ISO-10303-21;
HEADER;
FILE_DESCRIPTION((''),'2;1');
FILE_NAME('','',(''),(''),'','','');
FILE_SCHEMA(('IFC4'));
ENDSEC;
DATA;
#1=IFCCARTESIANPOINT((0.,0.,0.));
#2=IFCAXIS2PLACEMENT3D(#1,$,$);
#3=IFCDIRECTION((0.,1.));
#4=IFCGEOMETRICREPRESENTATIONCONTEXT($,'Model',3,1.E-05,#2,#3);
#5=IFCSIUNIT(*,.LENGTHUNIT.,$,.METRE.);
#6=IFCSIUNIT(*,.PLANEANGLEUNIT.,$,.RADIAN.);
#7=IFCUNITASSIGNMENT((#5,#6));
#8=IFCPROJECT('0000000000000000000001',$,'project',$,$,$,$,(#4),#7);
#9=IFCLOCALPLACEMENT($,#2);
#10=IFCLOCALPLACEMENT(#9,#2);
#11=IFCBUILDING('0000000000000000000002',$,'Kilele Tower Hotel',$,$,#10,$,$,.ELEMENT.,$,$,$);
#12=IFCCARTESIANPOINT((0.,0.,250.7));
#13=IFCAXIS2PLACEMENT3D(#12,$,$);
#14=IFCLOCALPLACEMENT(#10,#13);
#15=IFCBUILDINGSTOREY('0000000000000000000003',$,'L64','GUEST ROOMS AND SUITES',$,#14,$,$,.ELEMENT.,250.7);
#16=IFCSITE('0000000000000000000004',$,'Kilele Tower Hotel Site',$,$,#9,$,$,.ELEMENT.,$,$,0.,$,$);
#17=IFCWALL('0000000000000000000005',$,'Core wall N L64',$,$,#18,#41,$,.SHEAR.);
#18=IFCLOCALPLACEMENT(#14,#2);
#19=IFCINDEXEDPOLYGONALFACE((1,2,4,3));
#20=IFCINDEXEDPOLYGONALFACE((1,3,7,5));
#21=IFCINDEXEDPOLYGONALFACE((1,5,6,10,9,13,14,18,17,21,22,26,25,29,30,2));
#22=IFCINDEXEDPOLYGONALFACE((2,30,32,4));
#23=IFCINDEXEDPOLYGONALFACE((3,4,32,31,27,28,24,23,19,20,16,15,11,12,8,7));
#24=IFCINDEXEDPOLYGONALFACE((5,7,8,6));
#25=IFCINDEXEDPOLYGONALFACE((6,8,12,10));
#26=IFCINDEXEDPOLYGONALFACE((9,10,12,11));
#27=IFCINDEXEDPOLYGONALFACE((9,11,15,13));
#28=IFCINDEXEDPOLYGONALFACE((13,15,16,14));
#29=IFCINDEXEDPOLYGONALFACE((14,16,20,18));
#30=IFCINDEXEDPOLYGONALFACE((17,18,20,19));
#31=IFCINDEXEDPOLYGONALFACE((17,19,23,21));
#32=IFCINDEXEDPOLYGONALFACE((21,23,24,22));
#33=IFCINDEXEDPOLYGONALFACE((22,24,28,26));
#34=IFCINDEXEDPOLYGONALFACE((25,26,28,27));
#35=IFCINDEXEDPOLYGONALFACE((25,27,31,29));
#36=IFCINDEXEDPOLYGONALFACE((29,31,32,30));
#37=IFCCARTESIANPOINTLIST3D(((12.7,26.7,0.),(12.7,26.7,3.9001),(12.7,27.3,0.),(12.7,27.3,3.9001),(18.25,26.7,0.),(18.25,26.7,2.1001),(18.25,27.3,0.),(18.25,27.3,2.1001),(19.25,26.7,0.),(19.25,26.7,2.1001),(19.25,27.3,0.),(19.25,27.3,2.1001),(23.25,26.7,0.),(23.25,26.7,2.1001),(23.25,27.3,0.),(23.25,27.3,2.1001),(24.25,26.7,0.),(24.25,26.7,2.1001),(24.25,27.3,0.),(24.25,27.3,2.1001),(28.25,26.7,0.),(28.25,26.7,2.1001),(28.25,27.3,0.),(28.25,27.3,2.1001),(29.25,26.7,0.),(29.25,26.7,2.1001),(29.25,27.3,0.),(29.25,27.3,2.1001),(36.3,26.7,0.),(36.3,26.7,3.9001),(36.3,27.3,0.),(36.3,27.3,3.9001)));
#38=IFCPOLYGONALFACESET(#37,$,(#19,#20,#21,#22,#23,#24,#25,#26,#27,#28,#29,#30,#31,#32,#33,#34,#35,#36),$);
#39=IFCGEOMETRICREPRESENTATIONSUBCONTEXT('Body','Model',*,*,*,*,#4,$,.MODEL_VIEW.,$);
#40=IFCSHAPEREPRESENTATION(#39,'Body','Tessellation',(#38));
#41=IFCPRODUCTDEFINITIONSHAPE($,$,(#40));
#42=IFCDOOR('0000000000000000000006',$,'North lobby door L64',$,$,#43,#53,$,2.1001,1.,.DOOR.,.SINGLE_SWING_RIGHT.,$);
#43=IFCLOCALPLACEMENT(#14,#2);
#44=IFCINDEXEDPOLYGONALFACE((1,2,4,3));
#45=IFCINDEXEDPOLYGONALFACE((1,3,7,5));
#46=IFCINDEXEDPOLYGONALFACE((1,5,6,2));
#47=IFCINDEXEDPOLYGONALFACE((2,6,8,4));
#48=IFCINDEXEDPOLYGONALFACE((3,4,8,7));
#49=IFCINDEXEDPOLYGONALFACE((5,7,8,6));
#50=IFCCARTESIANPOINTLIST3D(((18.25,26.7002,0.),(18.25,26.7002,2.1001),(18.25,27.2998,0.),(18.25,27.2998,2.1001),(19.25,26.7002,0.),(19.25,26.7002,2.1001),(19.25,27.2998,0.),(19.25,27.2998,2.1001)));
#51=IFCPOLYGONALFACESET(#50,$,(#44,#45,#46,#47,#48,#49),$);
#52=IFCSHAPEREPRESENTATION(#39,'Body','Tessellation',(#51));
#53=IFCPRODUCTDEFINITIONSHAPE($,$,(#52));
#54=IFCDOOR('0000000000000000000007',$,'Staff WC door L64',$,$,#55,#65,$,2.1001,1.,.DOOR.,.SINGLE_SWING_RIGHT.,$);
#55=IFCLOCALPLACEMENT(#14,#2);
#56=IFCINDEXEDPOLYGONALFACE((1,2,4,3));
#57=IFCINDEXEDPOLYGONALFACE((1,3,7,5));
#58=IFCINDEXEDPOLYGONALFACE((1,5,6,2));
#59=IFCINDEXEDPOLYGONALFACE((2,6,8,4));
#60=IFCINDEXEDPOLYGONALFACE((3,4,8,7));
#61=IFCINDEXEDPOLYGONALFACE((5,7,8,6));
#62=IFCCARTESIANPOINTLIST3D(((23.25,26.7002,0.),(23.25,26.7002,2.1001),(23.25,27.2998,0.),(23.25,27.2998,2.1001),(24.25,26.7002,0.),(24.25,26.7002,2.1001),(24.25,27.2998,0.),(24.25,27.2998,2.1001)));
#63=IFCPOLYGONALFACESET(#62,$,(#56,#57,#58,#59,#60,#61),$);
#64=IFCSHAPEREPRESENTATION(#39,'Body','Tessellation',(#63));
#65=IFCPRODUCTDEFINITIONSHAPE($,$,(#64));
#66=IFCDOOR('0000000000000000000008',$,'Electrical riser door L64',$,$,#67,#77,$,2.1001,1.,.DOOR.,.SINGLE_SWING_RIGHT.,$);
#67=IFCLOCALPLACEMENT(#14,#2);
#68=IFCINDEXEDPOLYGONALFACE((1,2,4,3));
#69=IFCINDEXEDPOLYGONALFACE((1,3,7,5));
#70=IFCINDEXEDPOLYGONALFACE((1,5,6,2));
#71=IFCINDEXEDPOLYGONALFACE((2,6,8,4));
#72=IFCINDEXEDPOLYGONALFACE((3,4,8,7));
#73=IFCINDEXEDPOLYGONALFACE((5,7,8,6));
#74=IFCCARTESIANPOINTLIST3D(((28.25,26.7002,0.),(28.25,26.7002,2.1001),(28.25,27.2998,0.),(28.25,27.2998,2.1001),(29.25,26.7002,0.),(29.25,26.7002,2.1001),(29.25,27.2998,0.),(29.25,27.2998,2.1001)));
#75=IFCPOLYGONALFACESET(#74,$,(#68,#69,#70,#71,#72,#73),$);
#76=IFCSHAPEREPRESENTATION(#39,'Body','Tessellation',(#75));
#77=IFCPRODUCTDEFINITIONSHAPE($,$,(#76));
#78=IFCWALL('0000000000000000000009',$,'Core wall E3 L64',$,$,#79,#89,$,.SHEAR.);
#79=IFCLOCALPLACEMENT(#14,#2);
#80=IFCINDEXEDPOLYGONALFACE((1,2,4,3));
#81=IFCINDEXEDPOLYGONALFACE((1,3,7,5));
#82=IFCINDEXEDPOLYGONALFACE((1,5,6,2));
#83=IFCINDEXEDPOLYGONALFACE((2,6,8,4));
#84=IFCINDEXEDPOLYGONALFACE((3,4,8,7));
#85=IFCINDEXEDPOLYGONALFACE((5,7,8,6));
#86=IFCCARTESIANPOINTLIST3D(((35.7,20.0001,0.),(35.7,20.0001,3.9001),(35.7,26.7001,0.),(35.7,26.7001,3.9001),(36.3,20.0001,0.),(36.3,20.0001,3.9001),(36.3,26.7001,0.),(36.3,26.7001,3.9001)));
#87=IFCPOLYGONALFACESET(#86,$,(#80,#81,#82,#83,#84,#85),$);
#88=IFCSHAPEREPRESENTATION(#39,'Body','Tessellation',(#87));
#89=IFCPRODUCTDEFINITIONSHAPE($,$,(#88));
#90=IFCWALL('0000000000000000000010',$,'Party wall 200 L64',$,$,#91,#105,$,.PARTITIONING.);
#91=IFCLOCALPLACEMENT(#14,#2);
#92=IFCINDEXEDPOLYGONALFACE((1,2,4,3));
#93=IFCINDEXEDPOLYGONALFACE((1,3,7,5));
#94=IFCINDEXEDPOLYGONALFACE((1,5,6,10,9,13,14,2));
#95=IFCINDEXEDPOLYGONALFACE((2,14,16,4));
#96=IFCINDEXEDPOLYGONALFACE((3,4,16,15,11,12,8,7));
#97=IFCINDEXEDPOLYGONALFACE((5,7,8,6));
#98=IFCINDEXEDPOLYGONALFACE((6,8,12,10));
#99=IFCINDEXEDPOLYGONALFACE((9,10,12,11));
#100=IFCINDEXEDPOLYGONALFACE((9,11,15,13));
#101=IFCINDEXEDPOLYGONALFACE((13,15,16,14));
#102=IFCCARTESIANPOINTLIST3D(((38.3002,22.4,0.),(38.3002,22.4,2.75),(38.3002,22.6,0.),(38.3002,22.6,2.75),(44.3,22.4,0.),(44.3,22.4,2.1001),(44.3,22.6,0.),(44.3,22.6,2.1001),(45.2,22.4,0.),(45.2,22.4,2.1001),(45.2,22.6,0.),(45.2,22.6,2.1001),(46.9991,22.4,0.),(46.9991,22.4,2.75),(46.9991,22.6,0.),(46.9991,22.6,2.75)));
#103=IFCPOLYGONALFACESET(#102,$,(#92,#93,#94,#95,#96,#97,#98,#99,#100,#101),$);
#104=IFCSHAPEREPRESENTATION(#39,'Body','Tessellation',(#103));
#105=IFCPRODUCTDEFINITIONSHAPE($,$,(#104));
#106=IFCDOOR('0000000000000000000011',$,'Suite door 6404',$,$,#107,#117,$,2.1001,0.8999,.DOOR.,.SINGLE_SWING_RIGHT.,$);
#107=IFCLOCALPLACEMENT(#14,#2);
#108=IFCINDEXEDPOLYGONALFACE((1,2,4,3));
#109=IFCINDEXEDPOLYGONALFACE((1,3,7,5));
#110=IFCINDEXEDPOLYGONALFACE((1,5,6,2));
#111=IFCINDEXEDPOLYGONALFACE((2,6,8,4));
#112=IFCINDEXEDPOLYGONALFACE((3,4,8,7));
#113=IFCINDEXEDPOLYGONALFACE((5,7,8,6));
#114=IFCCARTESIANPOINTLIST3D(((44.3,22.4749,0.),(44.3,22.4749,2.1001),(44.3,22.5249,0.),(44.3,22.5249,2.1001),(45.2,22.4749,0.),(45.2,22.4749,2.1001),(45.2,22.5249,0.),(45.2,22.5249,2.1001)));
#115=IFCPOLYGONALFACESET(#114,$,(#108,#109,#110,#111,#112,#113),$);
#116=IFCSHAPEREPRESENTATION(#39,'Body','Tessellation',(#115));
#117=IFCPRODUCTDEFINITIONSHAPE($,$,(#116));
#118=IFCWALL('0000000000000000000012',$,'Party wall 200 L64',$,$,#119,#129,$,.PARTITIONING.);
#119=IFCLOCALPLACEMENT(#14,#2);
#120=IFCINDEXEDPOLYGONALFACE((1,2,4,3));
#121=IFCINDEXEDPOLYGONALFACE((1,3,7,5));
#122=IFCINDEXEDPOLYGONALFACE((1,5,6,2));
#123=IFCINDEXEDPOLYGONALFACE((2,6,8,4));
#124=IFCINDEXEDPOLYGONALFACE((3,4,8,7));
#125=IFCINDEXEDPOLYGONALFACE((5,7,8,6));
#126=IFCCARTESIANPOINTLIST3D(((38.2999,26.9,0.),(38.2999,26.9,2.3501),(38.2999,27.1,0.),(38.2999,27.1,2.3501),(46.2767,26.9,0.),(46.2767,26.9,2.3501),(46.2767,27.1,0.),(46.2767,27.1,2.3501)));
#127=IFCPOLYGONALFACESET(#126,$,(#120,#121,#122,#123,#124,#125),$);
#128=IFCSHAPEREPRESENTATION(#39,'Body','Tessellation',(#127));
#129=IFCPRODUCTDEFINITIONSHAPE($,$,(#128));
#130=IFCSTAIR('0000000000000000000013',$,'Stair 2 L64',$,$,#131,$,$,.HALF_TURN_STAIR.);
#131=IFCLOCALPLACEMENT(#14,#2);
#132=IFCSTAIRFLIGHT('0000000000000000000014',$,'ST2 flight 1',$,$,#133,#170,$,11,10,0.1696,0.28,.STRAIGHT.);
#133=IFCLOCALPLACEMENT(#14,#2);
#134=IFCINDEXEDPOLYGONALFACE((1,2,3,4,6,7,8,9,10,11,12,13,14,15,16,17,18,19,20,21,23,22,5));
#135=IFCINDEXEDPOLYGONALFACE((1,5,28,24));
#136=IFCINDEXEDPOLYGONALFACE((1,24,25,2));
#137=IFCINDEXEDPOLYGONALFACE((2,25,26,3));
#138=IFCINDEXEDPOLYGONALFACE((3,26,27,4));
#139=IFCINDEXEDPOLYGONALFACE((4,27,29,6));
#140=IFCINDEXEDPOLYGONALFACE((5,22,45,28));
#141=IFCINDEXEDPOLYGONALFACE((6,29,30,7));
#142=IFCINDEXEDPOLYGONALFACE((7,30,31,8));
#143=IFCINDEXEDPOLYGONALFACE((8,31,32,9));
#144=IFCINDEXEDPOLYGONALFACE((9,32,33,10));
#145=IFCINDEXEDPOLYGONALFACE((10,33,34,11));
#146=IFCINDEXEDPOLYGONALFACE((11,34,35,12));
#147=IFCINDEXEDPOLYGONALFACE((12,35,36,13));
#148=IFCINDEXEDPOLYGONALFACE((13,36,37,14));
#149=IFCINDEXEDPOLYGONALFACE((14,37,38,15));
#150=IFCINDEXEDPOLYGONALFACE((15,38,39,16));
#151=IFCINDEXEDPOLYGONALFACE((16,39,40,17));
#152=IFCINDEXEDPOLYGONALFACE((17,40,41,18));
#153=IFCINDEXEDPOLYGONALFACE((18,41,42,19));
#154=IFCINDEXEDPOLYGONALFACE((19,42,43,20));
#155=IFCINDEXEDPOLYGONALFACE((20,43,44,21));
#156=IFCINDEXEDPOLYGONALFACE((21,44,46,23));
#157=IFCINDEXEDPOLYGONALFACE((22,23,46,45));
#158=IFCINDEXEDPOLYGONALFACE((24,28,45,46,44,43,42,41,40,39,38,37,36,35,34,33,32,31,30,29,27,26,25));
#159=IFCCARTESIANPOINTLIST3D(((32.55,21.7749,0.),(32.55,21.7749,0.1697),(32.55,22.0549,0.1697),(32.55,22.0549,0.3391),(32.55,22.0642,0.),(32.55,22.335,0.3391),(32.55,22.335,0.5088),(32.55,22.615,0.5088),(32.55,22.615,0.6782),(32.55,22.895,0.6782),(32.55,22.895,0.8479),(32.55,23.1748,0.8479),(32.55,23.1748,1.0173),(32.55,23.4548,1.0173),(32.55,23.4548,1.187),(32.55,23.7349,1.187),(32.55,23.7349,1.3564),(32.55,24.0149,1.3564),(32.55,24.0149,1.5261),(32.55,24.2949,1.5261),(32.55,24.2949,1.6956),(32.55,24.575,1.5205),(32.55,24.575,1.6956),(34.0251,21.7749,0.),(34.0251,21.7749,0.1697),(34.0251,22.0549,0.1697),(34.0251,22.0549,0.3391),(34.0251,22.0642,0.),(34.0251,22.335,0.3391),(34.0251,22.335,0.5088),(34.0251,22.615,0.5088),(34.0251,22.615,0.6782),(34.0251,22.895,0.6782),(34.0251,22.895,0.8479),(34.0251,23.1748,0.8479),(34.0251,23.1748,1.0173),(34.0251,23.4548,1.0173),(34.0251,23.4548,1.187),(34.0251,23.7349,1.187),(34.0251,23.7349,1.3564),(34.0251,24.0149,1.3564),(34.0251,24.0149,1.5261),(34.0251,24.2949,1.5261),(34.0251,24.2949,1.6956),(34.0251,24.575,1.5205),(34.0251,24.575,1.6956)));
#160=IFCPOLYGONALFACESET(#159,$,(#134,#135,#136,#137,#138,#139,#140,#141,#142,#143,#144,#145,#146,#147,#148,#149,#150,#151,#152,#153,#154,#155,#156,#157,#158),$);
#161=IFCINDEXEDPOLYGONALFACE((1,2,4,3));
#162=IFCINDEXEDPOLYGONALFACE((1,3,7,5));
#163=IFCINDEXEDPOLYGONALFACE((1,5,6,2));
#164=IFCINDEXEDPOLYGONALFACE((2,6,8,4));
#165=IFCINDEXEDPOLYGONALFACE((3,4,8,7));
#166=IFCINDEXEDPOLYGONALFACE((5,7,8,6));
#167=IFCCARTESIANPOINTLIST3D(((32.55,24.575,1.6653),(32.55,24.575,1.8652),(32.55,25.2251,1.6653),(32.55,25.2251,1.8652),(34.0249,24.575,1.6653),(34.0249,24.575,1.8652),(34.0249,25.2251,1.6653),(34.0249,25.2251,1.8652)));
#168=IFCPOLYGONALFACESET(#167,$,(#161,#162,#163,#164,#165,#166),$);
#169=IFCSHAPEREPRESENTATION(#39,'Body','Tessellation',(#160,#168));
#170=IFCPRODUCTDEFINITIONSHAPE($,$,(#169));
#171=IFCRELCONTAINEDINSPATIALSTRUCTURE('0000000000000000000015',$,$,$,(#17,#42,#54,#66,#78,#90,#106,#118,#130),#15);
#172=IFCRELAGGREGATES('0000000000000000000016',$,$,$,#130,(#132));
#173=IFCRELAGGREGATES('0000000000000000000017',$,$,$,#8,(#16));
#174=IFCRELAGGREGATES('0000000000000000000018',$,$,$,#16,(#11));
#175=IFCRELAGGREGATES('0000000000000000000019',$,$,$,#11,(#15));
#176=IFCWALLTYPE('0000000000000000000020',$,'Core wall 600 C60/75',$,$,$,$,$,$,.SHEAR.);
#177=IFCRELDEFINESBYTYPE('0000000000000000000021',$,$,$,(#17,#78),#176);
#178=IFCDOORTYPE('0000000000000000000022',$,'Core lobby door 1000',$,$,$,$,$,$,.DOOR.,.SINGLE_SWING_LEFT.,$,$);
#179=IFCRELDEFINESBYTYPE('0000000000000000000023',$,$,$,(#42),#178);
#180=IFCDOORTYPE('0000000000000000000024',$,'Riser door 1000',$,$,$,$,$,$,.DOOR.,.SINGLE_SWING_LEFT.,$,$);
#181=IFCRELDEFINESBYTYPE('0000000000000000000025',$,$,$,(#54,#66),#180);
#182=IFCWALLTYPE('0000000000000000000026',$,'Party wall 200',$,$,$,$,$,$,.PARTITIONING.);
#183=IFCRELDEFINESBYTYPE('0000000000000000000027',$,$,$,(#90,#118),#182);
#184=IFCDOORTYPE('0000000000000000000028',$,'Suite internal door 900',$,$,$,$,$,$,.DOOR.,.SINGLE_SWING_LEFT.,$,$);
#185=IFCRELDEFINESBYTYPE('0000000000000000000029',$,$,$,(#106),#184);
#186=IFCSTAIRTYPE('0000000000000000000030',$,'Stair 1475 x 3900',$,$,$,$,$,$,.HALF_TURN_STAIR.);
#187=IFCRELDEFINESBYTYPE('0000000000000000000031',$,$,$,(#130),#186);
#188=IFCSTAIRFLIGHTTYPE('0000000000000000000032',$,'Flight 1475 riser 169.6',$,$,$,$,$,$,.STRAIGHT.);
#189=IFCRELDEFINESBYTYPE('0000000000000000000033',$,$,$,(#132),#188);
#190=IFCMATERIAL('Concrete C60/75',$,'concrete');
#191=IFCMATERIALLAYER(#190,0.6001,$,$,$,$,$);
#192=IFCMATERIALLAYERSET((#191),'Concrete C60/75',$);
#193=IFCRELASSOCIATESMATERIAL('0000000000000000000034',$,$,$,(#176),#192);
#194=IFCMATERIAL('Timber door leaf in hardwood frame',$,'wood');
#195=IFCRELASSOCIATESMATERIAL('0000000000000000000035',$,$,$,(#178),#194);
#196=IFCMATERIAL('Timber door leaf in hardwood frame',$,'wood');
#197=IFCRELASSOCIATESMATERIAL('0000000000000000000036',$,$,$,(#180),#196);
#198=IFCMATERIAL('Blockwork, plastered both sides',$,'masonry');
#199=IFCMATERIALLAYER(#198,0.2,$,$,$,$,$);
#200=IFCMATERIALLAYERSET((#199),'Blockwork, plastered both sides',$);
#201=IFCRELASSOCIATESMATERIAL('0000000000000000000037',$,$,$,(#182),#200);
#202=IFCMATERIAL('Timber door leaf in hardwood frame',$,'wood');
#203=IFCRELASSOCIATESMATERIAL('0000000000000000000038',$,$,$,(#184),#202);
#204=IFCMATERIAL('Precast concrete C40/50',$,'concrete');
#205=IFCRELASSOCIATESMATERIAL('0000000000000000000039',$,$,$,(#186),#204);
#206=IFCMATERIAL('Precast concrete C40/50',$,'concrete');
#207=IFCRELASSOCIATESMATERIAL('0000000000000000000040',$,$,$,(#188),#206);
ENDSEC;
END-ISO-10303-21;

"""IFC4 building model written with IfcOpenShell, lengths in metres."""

from ifc_helpers import new_model, si_unit, direction, frame, frame_2d, origin, place, context, subcontext, project, spatial, polyline, rectangle, outline, extrude, material, layer, layer_set, type_object, element, fill, aggregate, save


model = new_model("IFC4")

# Units and contexts
model_context = context("Model", 3, precision=1e-05, world=origin(), true_north=direction((0.0, 1.0)))
body_context = subcontext(model_context, "Body", "Model", "MODEL_VIEW")
ifc_project = project(units=[si_unit("LENGTHUNIT", "METRE"), si_unit("PLANEANGLEUNIT", "RADIAN")], contexts=[model_context])

# Site, building, storey
site_placement = place(None, origin())
site = spatial("IfcSite", under=ifc_project, at=site_placement, Name="Kilele Tower Hotel Site", CompositionType="ELEMENT", RefElevation=0.0)
building_placement = place(site_placement, origin())
building = spatial("IfcBuilding", under=site, at=building_placement, Name="Kilele Tower Hotel", CompositionType="ELEMENT")
storey_placement = place(building_placement, frame((0.0, 0.0, 250.7)))
storey = spatial("IfcBuildingStorey", under=building, at=storey_placement, Name="L64", Description="GUEST ROOMS AND SUITES", CompositionType="ELEMENT", Elevation=250.7)

# Wall, openings, doors
ifc_material_1 = material(Name="Concrete C60/75", Category="concrete")
ifc_layer_1 = layer(ifc_material_1, 0.6001)
ifc_layer_set_1 = layer_set([ifc_layer_1], Name="Concrete C60/75")
wall_type_1 = type_object("IfcWallType", Name="Core wall 600 C60/75", PredefinedType="SHEAR", material=ifc_layer_set_1)
wall_1_placement = place(storey_placement, frame((36.3, 27.0, 0.0), z_axis=(0.0, 0.0, 1.0), x_axis=(-1.0, 0.0, 0.0)))
wall_1 = element("IfcWall", 1, at=wall_1_placement, inside=storey, type_object=wall_type_1, Name="Core wall N L64", PredefinedType="SHEAR", context=body_context, shape_type="SweptSolid", body=[
    extrude(rectangle(XDim=23.6001, YDim=0.6001, at=frame_2d((11.8, 0.0))), origin(), (0.0, 0.0, 1.0), 3.9001),
])
opening_1_placement = place(wall_1_placement, frame((17.05, 0.0, 0.0)))
opening_1 = element("IfcOpeningElement", 2, at=opening_1_placement, cuts=wall_1, PredefinedType="OPENING", context=body_context, shape_type="SweptSolid", body=[
    extrude(rectangle(XDim=1.0, YDim=2.1001, at=frame_2d((0.5, 1.05))), frame((0.0, 0.3101, 0.0), z_axis=(0.0, -1.0, 0.0), x_axis=(1.0, 0.0, 0.0)), (0.0, 0.0, 1.0), 0.6201),
])
opening_2_placement = place(wall_1_placement, frame((12.05, 0.0, 0.0)))
opening_2 = element("IfcOpeningElement", 3, at=opening_2_placement, cuts=wall_1, PredefinedType="OPENING", context=body_context, shape_type="SweptSolid", body=[
    extrude(rectangle(XDim=1.0, YDim=2.1001, at=frame_2d((0.5, 1.05))), frame((0.0, 0.3101, 0.0), z_axis=(0.0, -1.0, 0.0), x_axis=(1.0, 0.0, 0.0)), (0.0, 0.0, 1.0), 0.6201),
])
opening_3_placement = place(wall_1_placement, frame((7.05, 0.0, 0.0)))
opening_3 = element("IfcOpeningElement", 4, at=opening_3_placement, cuts=wall_1, PredefinedType="OPENING", context=body_context, shape_type="SweptSolid", body=[
    extrude(rectangle(XDim=1.0, YDim=2.1001, at=frame_2d((0.5, 1.05))), frame((0.0, 0.3101, 0.0), z_axis=(0.0, -1.0, 0.0), x_axis=(1.0, 0.0, 0.0)), (0.0, 0.0, 1.0), 0.6201),
])
ifc_material_2 = material(Name="Timber door leaf in hardwood frame", Category="wood")
door_type_1 = type_object("IfcDoorType", Name="Core lobby door 1000", OperationType="SINGLE_SWING_LEFT", PredefinedType="DOOR", material=ifc_material_2)
door_1_placement = place(opening_1_placement, origin())
door_1 = element("IfcDoor", 5, at=door_1_placement, inside=storey, type_object=door_type_1, Name="North lobby door L64", OperationType="SINGLE_SWING_RIGHT", OverallHeight=2.1001, OverallWidth=1.0, PredefinedType="DOOR", context=body_context, shape_type="SweptSolid", body=[
    extrude(rectangle(XDim=1.0, YDim=2.1001, at=frame_2d((0.5, 1.05))), frame((0.0, 0.2998, 0.0), z_axis=(0.0, -1.0, 0.0), x_axis=(1.0, 0.0, 0.0)), (0.0, 0.0, 1.0), 0.5996),
])
fill(opening_1, door_1)
ifc_material_3 = material(Name="Timber door leaf in hardwood frame", Category="wood")
door_type_2 = type_object("IfcDoorType", Name="Riser door 1000", OperationType="SINGLE_SWING_LEFT", PredefinedType="DOOR", material=ifc_material_3)
door_2_placement = place(opening_2_placement, origin())
door_2 = element("IfcDoor", 6, at=door_2_placement, inside=storey, type_object=door_type_2, Name="Staff WC door L64", OperationType="SINGLE_SWING_RIGHT", OverallHeight=2.1001, OverallWidth=1.0, PredefinedType="DOOR", context=body_context, shape_type="SweptSolid", body=[
    extrude(rectangle(XDim=1.0, YDim=2.1001, at=frame_2d((0.5, 1.05))), frame((0.0, 0.2998, 0.0), z_axis=(0.0, -1.0, 0.0), x_axis=(1.0, 0.0, 0.0)), (0.0, 0.0, 1.0), 0.5996),
])
fill(opening_2, door_2)
door_3_placement = place(opening_3_placement, origin())
door_3 = element("IfcDoor", 7, at=door_3_placement, inside=storey, type_object=door_type_2, Name="Electrical riser door L64", OperationType="SINGLE_SWING_RIGHT", OverallHeight=2.1001, OverallWidth=1.0, PredefinedType="DOOR", context=body_context, shape_type="SweptSolid", body=[
    extrude(rectangle(XDim=1.0, YDim=2.1001, at=frame_2d((0.5, 1.05))), frame((0.0, 0.2998, 0.0), z_axis=(0.0, -1.0, 0.0), x_axis=(1.0, 0.0, 0.0)), (0.0, 0.0, 1.0), 0.5996),
])
fill(opening_3, door_3)

# Wall
wall_2_placement = place(storey_placement, frame((36.0, 20.0, 0.0), z_axis=(0.0, 0.0, 1.0), x_axis=(0.0, 1.0, 0.0)))
element("IfcWall", 8, at=wall_2_placement, inside=storey, type_object=wall_type_1, Name="Core wall E3 L64", PredefinedType="SHEAR", context=body_context, shape_type="SweptSolid", body=[
    extrude(rectangle(XDim=6.7, YDim=0.6001, at=frame_2d((3.3501, 0.0))), origin(), (0.0, 0.0, 1.0), 3.9001),
])

# Wall, opening, door
ifc_material_4 = material(Name="Blockwork, plastered both sides", Category="masonry")
ifc_layer_2 = layer(ifc_material_4, 0.2)
ifc_layer_set_2 = layer_set([ifc_layer_2], Name="Blockwork, plastered both sides")
wall_type_2 = type_object("IfcWallType", Name="Party wall 200", PredefinedType="PARTITIONING", material=ifc_layer_set_2)
wall_3_placement = place(storey_placement, frame((38.3, 22.5, 0.0), z_axis=(0.0, 0.0, 1.0), x_axis=(1.0, 0.0, 0.0)))
wall_3 = element("IfcWall", 9, at=wall_3_placement, inside=storey, type_object=wall_type_2, Name="Party wall 200 L64", PredefinedType="PARTITIONING", context=body_context, shape_type="SweptSolid", body=[
    extrude(rectangle(XDim=8.699, YDim=0.2, at=frame_2d((4.3496, 0.0))), origin(), (0.0, 0.0, 1.0), 2.75),
])
opening_4_placement = place(wall_3_placement, frame((6.0, 0.0, 0.0)))
opening_4 = element("IfcOpeningElement", 10, at=opening_4_placement, cuts=wall_3, PredefinedType="OPENING", context=body_context, shape_type="SweptSolid", body=[
    extrude(rectangle(XDim=0.8999, YDim=2.1001, at=frame_2d((0.45, 1.05))), frame((0.0, 0.1099, 0.0), z_axis=(0.0, -1.0, 0.0), x_axis=(1.0, 0.0, 0.0)), (0.0, 0.0, 1.0), 0.22),
])
ifc_material_5 = material(Name="Timber door leaf in hardwood frame", Category="wood")
door_type_3 = type_object("IfcDoorType", Name="Suite internal door 900", OperationType="SINGLE_SWING_LEFT", PredefinedType="DOOR", material=ifc_material_5)
door_4_placement = place(opening_4_placement, origin())
door_4 = element("IfcDoor", 11, at=door_4_placement, inside=storey, type_object=door_type_3, Name="Suite door 6404", OperationType="SINGLE_SWING_RIGHT", OverallHeight=2.1001, OverallWidth=0.8999, PredefinedType="DOOR", context=body_context, shape_type="SweptSolid", body=[
    extrude(rectangle(XDim=0.8999, YDim=2.1001, at=frame_2d((0.45, 1.05))), frame((0.0, 0.0249, 0.0), z_axis=(0.0, -1.0, 0.0), x_axis=(1.0, 0.0, 0.0)), (0.0, 0.0, 1.0), 0.05),
])
fill(opening_4, door_4)

# Wall
wall_4_placement = place(storey_placement, frame((38.3, 27.0, 0.0), z_axis=(0.0, 0.0, 1.0), x_axis=(1.0, 0.0, 0.0)))
element("IfcWall", 12, at=wall_4_placement, inside=storey, type_object=wall_type_2, Name="Party wall 200 L64", PredefinedType="PARTITIONING", context=body_context, shape_type="SweptSolid", body=[
    extrude(rectangle(XDim=7.9768, YDim=0.2, at=frame_2d((3.9883, 0.0))), origin(), (0.0, 0.0, 1.0), 2.3501),
])

# Stair, stair flight
ifc_material_6 = material(Name="Precast concrete C40/50", Category="concrete")
stair_type = type_object("IfcStairType", Name="Stair 1475 x 3900", PredefinedType="HALF_TURN_STAIR", material=ifc_material_6)
stair_placement = place(storey_placement, origin())
stair = element("IfcStair", 13, at=stair_placement, inside=storey, type_object=stair_type, Name="Stair 2 L64", PredefinedType="HALF_TURN_STAIR")
ifc_material_7 = material(Name="Precast concrete C40/50", Category="concrete")
stair_flight_type = type_object("IfcStairFlightType", Name="Flight 1475 riser 169.6", PredefinedType="STRAIGHT", material=ifc_material_7)
stair_flight_1_placement = place(storey_placement, frame((33.2876, 21.7749, 0.0), z_axis=(0.0, 0.0, 1.0), x_axis=(0.0, 1.0, 0.0)))
stair_flight_1 = element("IfcStairFlight", 14, at=stair_flight_1_placement, type_object=stair_flight_type, Name="ST2 flight 1", NumberOfRisers=11, NumberOfTreads=10, PredefinedType="STRAIGHT", RiserHeight=0.1696, TreadLength=0.28, context=body_context, shape_type="SweptSolid", body=[
    extrude(outline(polyline([(0.0, 0.0), (0.0, 0.1697), (0.28, 0.1697), (0.28, 0.3391), (0.5601, 0.3391), (0.5601, 0.5088), (0.8401, 0.5088), (0.8401, 0.6782), (1.1201, 0.6782), (1.1201, 0.8479), (1.3999, 0.8479), (1.3999, 1.0173), (1.6799, 1.0173), (1.6799, 1.187), (1.96, 1.187), (1.96, 1.3564), (2.24, 1.3564), (2.24, 1.5261), (2.52, 1.5261), (2.52, 1.6956), (2.8, 1.6956), (2.8, 1.8652), (2.8, 1.5205), (0.2893, 0.0), (0.0, 0.0)])), frame((0.0, 0.7375, 0.0), z_axis=(0.0, -1.0, 0.0), x_axis=(1.0, 0.0, 0.0)), (0.0, 0.0, 1.0), 1.4751),
    extrude(outline(polyline([(2.8, 0.7375), (2.8, -0.7373), (3.4502, -0.7373), (3.4502, 0.7375), (2.8, 0.7375)])), frame((0.0, 0.0, 1.6653)), (0.0, 0.0, 1.0), 0.2),
])
aggregate(stair, [stair_flight_1])

save(model, "model.ifc")
